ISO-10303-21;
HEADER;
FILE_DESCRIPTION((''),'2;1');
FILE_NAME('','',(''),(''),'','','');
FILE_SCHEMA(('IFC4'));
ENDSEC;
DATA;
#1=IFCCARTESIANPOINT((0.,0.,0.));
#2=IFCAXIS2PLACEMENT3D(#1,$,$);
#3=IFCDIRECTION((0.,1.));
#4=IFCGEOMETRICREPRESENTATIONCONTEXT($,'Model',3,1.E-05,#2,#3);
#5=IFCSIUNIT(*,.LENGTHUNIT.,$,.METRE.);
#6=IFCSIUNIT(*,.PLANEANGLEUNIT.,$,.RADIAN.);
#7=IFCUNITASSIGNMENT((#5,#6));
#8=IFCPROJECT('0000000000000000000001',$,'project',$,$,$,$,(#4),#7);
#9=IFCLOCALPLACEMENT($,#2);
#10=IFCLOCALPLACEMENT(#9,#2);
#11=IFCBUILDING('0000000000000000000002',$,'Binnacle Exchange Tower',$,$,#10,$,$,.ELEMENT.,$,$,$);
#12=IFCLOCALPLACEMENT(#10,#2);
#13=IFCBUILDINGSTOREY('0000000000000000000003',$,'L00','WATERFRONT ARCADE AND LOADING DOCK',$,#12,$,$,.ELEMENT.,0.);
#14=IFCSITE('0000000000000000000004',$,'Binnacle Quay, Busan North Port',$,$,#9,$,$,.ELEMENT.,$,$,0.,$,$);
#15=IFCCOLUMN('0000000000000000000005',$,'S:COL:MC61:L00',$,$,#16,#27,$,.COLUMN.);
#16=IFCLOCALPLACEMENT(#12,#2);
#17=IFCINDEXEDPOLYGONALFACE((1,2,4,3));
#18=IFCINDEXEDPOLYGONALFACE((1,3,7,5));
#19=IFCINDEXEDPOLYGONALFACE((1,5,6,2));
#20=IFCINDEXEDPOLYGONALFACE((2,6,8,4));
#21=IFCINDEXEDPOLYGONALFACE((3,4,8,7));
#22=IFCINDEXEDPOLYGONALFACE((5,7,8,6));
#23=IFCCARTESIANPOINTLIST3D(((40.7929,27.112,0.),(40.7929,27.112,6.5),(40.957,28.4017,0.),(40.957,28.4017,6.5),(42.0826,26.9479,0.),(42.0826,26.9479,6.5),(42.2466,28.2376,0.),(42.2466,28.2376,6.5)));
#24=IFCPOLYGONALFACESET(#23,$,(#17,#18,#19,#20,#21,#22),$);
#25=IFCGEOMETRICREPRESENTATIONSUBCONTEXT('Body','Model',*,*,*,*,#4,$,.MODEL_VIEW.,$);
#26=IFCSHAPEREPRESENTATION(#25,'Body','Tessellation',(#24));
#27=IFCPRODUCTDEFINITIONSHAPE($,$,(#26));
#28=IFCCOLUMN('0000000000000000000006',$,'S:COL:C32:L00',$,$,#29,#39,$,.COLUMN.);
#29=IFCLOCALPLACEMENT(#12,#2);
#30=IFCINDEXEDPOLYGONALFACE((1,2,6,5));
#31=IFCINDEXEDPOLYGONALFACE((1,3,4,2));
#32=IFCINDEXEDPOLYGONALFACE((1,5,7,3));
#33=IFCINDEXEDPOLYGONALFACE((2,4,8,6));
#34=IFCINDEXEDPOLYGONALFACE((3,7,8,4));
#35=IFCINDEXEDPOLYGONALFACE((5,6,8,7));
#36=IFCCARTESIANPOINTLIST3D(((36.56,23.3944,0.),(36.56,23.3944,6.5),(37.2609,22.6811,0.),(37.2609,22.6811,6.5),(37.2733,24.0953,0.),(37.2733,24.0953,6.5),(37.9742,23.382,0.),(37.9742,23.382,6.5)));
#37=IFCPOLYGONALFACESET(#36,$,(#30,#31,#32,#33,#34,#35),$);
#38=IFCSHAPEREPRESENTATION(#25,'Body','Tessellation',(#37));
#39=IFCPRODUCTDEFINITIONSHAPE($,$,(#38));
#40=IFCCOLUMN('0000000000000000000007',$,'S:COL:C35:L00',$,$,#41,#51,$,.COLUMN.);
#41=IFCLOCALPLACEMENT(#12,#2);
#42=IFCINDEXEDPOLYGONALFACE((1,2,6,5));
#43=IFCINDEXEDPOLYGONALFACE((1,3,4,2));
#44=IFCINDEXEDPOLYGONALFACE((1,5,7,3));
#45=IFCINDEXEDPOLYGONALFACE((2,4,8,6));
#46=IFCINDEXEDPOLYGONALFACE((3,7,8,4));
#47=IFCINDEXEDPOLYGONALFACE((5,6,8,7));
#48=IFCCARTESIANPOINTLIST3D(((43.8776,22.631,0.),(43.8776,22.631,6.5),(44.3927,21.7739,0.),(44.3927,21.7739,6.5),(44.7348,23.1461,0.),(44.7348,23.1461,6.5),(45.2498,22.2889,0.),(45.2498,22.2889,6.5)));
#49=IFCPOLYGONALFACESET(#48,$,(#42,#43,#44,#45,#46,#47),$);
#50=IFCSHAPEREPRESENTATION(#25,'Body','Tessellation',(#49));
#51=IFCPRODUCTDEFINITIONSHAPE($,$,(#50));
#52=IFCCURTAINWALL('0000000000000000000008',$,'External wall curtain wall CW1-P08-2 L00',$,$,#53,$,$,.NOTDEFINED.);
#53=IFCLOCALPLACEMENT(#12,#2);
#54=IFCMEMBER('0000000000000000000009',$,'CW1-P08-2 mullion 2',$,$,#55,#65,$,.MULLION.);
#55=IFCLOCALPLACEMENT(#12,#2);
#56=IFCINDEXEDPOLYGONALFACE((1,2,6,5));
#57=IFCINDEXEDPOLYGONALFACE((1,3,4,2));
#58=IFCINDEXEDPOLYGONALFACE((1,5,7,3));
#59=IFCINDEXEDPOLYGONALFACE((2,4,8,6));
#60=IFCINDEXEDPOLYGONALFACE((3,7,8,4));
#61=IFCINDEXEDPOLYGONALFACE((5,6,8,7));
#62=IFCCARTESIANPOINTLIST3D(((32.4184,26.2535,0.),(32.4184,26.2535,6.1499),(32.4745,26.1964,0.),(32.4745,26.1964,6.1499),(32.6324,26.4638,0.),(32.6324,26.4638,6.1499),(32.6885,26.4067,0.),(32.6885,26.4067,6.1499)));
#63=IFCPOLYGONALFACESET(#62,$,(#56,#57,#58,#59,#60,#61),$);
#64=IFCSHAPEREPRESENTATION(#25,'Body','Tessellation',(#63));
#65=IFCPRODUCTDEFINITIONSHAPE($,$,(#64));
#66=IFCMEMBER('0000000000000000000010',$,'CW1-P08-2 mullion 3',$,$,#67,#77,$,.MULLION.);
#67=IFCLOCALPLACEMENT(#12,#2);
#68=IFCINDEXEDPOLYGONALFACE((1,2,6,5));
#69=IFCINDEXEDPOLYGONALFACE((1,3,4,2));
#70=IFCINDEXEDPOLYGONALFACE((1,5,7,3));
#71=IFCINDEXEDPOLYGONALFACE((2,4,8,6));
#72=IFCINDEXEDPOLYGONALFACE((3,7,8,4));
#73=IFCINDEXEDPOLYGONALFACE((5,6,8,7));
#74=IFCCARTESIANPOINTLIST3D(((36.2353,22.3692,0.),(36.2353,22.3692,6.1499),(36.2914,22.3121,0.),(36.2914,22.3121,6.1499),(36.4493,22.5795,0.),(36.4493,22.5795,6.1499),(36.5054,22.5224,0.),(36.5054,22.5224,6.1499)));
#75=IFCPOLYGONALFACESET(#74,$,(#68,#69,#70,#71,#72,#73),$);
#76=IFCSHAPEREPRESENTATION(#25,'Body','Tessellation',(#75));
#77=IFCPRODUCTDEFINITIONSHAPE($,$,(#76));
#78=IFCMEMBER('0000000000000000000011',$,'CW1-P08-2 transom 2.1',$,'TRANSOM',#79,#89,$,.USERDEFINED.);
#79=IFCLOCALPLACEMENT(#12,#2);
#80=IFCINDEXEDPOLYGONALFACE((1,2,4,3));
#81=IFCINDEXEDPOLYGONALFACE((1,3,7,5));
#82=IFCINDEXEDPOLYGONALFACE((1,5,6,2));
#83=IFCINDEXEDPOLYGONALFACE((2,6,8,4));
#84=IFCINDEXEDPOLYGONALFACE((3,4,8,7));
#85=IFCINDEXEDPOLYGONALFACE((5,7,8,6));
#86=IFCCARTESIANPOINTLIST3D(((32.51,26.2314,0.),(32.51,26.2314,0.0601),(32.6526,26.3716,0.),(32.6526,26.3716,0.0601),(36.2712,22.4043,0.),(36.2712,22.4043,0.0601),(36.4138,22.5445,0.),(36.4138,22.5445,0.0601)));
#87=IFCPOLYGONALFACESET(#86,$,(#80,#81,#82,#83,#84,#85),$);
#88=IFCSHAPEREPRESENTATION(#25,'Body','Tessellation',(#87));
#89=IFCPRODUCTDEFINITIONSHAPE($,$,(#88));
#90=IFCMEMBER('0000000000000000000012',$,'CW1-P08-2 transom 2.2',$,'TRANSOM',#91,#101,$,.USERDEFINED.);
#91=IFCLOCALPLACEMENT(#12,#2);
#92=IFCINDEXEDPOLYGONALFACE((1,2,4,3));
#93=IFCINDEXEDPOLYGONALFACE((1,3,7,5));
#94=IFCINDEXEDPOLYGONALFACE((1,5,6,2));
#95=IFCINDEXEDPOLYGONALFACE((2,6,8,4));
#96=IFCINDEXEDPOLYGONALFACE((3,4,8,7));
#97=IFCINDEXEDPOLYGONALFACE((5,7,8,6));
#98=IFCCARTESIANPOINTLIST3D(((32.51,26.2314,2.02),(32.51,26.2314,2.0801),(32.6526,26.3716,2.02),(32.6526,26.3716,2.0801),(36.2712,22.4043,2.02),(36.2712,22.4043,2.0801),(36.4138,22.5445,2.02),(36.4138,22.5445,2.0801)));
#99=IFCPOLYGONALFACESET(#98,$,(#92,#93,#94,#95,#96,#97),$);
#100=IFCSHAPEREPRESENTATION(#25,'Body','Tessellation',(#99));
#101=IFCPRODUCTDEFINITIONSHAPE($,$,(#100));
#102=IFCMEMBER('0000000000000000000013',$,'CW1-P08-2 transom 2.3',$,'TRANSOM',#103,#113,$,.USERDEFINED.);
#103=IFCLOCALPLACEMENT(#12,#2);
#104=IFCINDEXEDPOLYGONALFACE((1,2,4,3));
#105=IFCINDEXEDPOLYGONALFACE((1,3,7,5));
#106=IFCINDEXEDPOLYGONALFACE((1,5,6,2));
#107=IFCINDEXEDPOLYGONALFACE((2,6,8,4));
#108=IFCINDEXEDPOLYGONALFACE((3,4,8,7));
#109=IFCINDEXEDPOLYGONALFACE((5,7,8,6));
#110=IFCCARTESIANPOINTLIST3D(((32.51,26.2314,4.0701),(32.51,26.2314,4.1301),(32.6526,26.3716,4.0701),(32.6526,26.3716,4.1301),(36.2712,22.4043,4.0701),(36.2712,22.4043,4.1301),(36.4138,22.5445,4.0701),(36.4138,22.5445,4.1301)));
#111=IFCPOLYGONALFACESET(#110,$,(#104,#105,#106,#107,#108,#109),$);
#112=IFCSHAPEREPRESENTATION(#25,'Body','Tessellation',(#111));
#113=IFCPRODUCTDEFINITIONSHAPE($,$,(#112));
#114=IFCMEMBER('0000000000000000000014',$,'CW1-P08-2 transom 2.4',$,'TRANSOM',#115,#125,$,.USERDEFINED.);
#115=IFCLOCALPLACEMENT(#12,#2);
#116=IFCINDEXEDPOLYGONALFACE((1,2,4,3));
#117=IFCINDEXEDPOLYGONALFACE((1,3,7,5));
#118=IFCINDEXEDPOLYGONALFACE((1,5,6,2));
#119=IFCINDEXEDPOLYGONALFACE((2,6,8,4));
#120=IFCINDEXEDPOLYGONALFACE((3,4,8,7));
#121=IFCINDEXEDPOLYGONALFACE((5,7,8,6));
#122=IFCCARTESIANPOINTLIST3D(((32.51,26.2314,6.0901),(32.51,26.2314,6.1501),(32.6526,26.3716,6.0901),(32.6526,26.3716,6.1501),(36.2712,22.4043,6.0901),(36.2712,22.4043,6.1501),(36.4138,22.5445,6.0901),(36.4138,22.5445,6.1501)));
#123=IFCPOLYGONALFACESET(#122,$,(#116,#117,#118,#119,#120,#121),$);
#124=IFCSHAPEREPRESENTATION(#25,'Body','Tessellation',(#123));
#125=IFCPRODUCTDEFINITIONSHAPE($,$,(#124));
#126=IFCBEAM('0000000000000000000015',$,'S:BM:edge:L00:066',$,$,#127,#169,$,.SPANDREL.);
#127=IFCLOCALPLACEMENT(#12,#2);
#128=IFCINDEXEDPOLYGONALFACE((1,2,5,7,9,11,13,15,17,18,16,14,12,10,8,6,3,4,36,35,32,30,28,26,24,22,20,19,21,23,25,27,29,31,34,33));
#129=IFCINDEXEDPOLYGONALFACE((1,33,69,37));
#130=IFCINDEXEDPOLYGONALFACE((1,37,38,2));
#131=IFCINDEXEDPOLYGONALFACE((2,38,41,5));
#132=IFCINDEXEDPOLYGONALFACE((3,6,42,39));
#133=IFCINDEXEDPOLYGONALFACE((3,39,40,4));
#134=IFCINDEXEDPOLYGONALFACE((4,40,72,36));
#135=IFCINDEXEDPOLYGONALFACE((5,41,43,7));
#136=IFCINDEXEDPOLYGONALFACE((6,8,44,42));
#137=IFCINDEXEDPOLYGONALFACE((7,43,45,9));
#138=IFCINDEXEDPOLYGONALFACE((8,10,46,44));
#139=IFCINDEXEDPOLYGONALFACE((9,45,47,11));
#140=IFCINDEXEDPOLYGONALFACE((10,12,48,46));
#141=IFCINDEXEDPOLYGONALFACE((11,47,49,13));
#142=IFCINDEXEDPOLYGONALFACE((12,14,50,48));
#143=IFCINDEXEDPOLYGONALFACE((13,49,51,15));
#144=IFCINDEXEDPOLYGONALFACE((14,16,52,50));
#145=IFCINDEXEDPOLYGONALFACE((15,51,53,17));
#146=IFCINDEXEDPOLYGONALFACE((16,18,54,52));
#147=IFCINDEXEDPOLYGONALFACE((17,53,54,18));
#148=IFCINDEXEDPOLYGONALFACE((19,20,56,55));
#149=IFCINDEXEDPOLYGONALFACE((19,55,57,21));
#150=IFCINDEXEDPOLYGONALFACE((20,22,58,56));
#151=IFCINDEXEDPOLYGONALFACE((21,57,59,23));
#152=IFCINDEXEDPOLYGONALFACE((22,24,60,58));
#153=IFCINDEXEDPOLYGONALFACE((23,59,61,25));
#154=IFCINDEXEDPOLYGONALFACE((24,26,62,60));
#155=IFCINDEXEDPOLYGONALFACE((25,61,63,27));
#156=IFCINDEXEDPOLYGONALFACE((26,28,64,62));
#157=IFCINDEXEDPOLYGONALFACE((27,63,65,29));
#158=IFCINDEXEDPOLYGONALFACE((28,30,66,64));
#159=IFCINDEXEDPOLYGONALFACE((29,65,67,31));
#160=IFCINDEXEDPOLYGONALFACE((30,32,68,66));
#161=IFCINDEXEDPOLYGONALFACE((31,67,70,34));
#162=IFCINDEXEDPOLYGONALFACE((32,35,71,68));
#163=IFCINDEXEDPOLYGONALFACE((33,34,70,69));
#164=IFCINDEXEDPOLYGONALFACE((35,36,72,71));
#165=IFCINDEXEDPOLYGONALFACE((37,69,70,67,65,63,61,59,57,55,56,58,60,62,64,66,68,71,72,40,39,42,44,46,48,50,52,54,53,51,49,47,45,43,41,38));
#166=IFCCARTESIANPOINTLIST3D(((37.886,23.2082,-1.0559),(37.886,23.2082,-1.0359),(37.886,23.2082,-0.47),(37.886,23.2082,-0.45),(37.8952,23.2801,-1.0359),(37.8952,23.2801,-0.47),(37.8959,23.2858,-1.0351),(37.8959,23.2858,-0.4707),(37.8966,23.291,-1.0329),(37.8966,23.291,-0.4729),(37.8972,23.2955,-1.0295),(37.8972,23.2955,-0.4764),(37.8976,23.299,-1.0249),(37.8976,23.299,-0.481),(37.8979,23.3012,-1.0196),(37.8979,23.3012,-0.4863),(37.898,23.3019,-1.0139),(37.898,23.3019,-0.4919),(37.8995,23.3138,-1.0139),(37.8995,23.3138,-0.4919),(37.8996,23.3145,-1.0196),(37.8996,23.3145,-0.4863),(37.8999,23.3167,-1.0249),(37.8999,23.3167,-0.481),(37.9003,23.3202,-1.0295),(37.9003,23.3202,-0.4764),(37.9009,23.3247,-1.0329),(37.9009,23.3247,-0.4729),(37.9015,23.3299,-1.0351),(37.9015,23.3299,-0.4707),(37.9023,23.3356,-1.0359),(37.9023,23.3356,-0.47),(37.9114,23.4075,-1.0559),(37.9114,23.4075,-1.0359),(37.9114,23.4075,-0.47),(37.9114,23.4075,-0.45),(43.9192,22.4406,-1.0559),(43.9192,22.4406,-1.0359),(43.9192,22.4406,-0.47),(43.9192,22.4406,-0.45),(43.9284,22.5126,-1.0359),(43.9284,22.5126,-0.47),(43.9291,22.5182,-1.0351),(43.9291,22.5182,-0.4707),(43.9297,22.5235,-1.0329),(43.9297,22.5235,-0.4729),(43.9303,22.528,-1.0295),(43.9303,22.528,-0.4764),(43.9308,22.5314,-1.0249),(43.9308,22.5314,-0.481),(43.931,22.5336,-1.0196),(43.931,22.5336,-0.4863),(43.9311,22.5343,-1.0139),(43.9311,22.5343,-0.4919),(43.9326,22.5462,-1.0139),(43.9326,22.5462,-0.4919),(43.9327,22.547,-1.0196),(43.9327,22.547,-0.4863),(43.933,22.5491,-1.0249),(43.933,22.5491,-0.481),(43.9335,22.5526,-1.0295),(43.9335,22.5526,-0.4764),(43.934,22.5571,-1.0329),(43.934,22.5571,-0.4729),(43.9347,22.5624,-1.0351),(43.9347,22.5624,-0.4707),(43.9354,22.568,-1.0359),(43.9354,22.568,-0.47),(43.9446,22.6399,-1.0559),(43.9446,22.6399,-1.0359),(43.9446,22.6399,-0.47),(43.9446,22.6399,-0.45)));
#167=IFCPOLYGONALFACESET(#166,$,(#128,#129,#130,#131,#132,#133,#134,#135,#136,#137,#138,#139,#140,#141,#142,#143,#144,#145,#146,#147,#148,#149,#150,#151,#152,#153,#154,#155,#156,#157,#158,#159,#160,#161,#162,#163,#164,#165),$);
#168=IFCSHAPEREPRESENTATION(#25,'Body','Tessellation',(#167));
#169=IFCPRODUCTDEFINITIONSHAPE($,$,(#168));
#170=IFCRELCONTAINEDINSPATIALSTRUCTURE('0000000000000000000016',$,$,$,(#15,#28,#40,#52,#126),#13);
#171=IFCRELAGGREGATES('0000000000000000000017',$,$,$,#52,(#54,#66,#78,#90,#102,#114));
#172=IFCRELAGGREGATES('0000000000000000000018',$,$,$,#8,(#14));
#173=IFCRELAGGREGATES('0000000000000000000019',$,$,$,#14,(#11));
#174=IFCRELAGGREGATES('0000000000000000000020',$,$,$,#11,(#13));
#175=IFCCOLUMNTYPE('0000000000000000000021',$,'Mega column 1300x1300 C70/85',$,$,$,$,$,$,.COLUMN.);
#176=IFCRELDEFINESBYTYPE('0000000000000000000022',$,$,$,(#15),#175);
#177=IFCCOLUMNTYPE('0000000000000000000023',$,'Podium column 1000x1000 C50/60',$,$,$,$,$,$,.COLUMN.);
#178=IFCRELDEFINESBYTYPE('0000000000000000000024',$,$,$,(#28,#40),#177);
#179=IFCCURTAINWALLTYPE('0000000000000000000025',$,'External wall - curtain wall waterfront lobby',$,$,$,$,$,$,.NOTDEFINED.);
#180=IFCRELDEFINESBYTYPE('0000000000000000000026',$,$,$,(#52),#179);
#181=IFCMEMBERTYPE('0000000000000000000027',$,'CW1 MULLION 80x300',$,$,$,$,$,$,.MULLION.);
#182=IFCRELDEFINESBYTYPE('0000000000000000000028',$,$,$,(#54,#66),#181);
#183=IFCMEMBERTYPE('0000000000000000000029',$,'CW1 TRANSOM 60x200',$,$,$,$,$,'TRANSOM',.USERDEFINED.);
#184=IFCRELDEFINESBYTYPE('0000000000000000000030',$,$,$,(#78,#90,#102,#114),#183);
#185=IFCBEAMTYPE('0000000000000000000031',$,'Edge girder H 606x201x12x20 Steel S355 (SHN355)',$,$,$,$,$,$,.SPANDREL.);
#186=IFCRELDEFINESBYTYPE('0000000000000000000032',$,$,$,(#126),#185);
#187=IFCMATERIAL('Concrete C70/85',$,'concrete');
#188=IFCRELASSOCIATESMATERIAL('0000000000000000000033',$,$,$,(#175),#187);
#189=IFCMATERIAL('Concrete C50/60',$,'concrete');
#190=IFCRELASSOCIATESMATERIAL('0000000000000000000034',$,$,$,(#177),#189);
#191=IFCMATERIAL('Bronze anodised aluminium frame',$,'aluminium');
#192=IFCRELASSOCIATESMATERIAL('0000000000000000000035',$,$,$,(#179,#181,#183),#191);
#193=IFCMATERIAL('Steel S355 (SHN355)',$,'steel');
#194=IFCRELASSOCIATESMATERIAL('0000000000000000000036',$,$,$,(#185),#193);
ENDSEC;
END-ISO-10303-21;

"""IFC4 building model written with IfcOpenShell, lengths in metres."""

from ifc_helpers import new_model, si_unit, direction, frame, origin, origin_2d, place, context, subcontext, project, spatial, rectangle, i_section, extrude, material, material_profile, profile_set, type_object, element, aggregate, save


model = new_model("IFC4")

# Units and contexts
model_context = context("Model", 3, precision=1e-05, world=origin(), true_north=direction((0.0, 1.0)))
body_context = subcontext(model_context, "Body", "Model", "MODEL_VIEW")
ifc_project = project(units=[si_unit("LENGTHUNIT", "METRE"), si_unit("PLANEANGLEUNIT", "RADIAN")], contexts=[model_context])

# Site, building, storey
site_placement = place(None, origin())
site = spatial("IfcSite", under=ifc_project, at=site_placement, Name="Binnacle Quay, Busan North Port", CompositionType="ELEMENT", RefElevation=0.0)
building_placement = place(site_placement, origin())
building = spatial("IfcBuilding", under=site, at=building_placement, Name="Binnacle Exchange Tower", CompositionType="ELEMENT")
storey_placement = place(building_placement, origin())
storey = spatial("IfcBuildingStorey", under=building, at=storey_placement, Name="L00", Description="WATERFRONT ARCADE AND LOADING DOCK", CompositionType="ELEMENT", Elevation=0.0)

# Columns
ifc_material_1 = material(Name="Concrete C70/85", Category="concrete")
ifc_material_profile_1 = material_profile(ifc_material_1, rectangle(XDim=1.3, YDim=1.3, at=origin_2d()), Name="Mega column 1300x1300 C70/85")
ifc_profile_set_1 = profile_set([ifc_material_profile_1], Name="Concrete C70/85")
column_type_1 = type_object("IfcColumnType", Name="Mega column 1300x1300 C70/85", PredefinedType="COLUMN", material=ifc_profile_set_1)
column_placement = place(storey_placement, frame((41.5198, 27.6748, 0.0), z_axis=(0.0, 0.0, 1.0), x_axis=(0.992005, -0.126199, 0.0)))
element("IfcColumn", 1, at=column_placement, inside=storey, type_object=column_type_1, Name="S:COL:MC61:L00", PredefinedType="COLUMN", context=body_context, shape_type="SweptSolid", body=[
    extrude(rectangle(XDim=1.3, YDim=1.3, at=origin_2d()), origin(), (0.0, 0.0, 1.0), 6.5),
])
ifc_material_2 = material(Name="Concrete C50/60", Category="concrete")
ifc_material_profile_2 = material_profile(ifc_material_2, rectangle(XDim=1.0, YDim=1.0, at=origin_2d()), Name="Podium column 1000x1000 C50/60")
ifc_profile_set_2 = profile_set([ifc_material_profile_2], Name="Concrete C50/60")
column_type_2 = type_object("IfcColumnType", Name="Podium column 1000x1000 C50/60", PredefinedType="COLUMN", material=ifc_profile_set_2)
for number, where, z_axis, x_axis, name in (
    (2, (37.2671, 23.3882, 0.0), (0.0, 0.0, 1.0), (0.700909, -0.71325, 0.0), "S:COL:C32:L00"),
    (3, (44.5637, 22.46, 0.0), (0.0, 0.0, 1.0), (0.857167, 0.515038, 0.0), "S:COL:C35:L00"),
):
    element("IfcColumn", number, at=place(storey_placement, frame(where, z_axis=z_axis, x_axis=x_axis)), inside=storey, type_object=column_type_2, Name=name, PredefinedType="COLUMN", context=body_context, shape_type="SweptSolid", body=[
        extrude(rectangle(XDim=1.0, YDim=1.0, at=origin_2d()), origin(), (0.0, 0.0, 1.0), 6.5),
    ])

# Curtain wall, members
ifc_material_3 = material(Name="Bronze anodised aluminium frame", Category="aluminium")
curtain_wall_type = type_object("IfcCurtainWallType", Name="External wall - curtain wall waterfront lobby", PredefinedType="NOTDEFINED", material=ifc_material_3)
curtain_wall_placement = place(storey_placement, origin())
curtain_wall = element("IfcCurtainWall", 4, at=curtain_wall_placement, inside=storey, type_object=curtain_wall_type, Name="External wall curtain wall CW1-P08-2 L00", PredefinedType="NOTDEFINED")
ifc_material_profile_3 = material_profile(ifc_material_3, rectangle(XDim=0.3, YDim=0.0801, at=origin_2d()), Name="AL 80x300")
ifc_profile_set_3 = profile_set([ifc_material_profile_3], Name="Bronze anodised aluminium frame")
member_type_1 = type_object("IfcMemberType", Name="CW1 MULLION 80x300", PredefinedType="MULLION", material=ifc_profile_set_3)
member_1_placement = place(storey_placement, frame((32.5535, 26.3301, 0.0), z_axis=(0.0, 0.0, 1.0), x_axis=(0.71325, 0.700909, 0.0)))
member_1 = element("IfcMember", 5, at=member_1_placement, type_object=member_type_1, Name="CW1-P08-2 mullion 2", PredefinedType="MULLION", context=body_context, shape_type="SweptSolid", body=[
    extrude(rectangle(XDim=0.3, YDim=0.0801, at=origin_2d()), origin(), (0.0, 0.0, 1.0), 6.1499),
])
member_2_placement = place(storey_placement, frame((36.3704, 22.4458, 0.0), z_axis=(0.0, 0.0, 1.0), x_axis=(0.71325, 0.700909, 0.0)))
member_2 = element("IfcMember", 6, at=member_2_placement, type_object=member_type_1, Name="CW1-P08-2 mullion 3", PredefinedType="MULLION", context=body_context, shape_type="SweptSolid", body=[
    extrude(rectangle(XDim=0.3, YDim=0.0801, at=origin_2d()), origin(), (0.0, 0.0, 1.0), 6.1499),
])
ifc_material_profile_4 = material_profile(ifc_material_3, rectangle(XDim=0.2, YDim=0.0601, at=origin_2d()), Name="AL 200x60")
ifc_profile_set_4 = profile_set([ifc_material_profile_4], Name="Bronze anodised aluminium frame")
member_type_2 = type_object("IfcMemberType", Name="CW1 TRANSOM 60x200", ElementType="TRANSOM", PredefinedType="USERDEFINED", material=ifc_profile_set_4)
member_3_placement = place(storey_placement, frame((32.5813, 26.3015, 0.03), z_axis=(0.700938, -0.713222, 0.0), x_axis=(0.713222, 0.700938, 0.0)))
member_3 = element("IfcMember", 7, at=member_3_placement, type_object=member_type_2, Name="CW1-P08-2 transom 2.1", ObjectType="TRANSOM", PredefinedType="USERDEFINED", context=body_context, shape_type="SweptSolid", body=[
    extrude(rectangle(XDim=0.2, YDim=0.0601, at=origin_2d()), origin(), (0.0, 0.0, 1.0), 5.366),
])
member_4_placement = place(storey_placement, frame((32.5813, 26.3015, 2.05), z_axis=(0.700938, -0.713222, 0.0), x_axis=(0.713222, 0.700938, 0.0)))
member_4 = element("IfcMember", 8, at=member_4_placement, type_object=member_type_2, Name="CW1-P08-2 transom 2.2", ObjectType="TRANSOM", PredefinedType="USERDEFINED", context=body_context, shape_type="SweptSolid", body=[
    extrude(rectangle(XDim=0.2, YDim=0.0601, at=origin_2d()), origin(), (0.0, 0.0, 1.0), 5.366),
])
member_5_placement = place(storey_placement, frame((32.5813, 26.3015, 4.1001), z_axis=(0.700938, -0.713222, 0.0), x_axis=(0.713222, 0.700938, 0.0)))
member_5 = element("IfcMember", 9, at=member_5_placement, type_object=member_type_2, Name="CW1-P08-2 transom 2.3", ObjectType="TRANSOM", PredefinedType="USERDEFINED", context=body_context, shape_type="SweptSolid", body=[
    extrude(rectangle(XDim=0.2, YDim=0.0601, at=origin_2d()), origin(), (0.0, 0.0, 1.0), 5.366),
])
member_6_placement = place(storey_placement, frame((32.5813, 26.3015, 6.1201), z_axis=(0.700938, -0.713222, 0.0), x_axis=(0.713222, 0.700938, 0.0)))
member_6 = element("IfcMember", 10, at=member_6_placement, type_object=member_type_2, Name="CW1-P08-2 transom 2.4", ObjectType="TRANSOM", PredefinedType="USERDEFINED", context=body_context, shape_type="SweptSolid", body=[
    extrude(rectangle(XDim=0.2, YDim=0.0601, at=origin_2d()), origin(), (0.0, 0.0, 1.0), 5.366),
])

# Beam
ifc_material_4 = material(Name="Steel S355 (SHN355)", Category="steel")
ifc_material_profile_5 = material_profile(ifc_material_4, i_section(OverallWidth=0.2009, OverallDepth=0.606, WebThickness=0.012, FlangeThickness=0.02, FilletRadius=0.022, at=origin_2d()), Name="H 606x201x12x20")
ifc_profile_set_5 = profile_set([ifc_material_profile_5], Name="Steel S355 (SHN355)")
beam_type_1 = type_object("IfcBeamType", Name="Edge girder H 606x201x12x20 Steel S355 (SHN355)", PredefinedType="SPANDREL", material=ifc_profile_set_5)
beam_1_placement = place(storey_placement, frame((43.9319, 22.5403, -0.7529), z_axis=(-0.992004, 0.126208, 0.0), x_axis=(-0.126208, -0.992004, 0.0)))
element("IfcBeam", 11, at=beam_1_placement, inside=storey, type_object=beam_type_1, Name="S:BM:edge:L00:066", PredefinedType="SPANDREL", context=body_context, shape_type="SweptSolid", body=[
    extrude(i_section(OverallWidth=0.2009, OverallDepth=0.606, WebThickness=0.012, FlangeThickness=0.02, FilletRadius=0.022, at=origin_2d()), origin(), (0.0, 0.0, 1.0), 6.0818),
])

aggregate(curtain_wall, [member_1, member_2, member_3, member_4, member_5, member_6])

save(model, "model.ifc")
